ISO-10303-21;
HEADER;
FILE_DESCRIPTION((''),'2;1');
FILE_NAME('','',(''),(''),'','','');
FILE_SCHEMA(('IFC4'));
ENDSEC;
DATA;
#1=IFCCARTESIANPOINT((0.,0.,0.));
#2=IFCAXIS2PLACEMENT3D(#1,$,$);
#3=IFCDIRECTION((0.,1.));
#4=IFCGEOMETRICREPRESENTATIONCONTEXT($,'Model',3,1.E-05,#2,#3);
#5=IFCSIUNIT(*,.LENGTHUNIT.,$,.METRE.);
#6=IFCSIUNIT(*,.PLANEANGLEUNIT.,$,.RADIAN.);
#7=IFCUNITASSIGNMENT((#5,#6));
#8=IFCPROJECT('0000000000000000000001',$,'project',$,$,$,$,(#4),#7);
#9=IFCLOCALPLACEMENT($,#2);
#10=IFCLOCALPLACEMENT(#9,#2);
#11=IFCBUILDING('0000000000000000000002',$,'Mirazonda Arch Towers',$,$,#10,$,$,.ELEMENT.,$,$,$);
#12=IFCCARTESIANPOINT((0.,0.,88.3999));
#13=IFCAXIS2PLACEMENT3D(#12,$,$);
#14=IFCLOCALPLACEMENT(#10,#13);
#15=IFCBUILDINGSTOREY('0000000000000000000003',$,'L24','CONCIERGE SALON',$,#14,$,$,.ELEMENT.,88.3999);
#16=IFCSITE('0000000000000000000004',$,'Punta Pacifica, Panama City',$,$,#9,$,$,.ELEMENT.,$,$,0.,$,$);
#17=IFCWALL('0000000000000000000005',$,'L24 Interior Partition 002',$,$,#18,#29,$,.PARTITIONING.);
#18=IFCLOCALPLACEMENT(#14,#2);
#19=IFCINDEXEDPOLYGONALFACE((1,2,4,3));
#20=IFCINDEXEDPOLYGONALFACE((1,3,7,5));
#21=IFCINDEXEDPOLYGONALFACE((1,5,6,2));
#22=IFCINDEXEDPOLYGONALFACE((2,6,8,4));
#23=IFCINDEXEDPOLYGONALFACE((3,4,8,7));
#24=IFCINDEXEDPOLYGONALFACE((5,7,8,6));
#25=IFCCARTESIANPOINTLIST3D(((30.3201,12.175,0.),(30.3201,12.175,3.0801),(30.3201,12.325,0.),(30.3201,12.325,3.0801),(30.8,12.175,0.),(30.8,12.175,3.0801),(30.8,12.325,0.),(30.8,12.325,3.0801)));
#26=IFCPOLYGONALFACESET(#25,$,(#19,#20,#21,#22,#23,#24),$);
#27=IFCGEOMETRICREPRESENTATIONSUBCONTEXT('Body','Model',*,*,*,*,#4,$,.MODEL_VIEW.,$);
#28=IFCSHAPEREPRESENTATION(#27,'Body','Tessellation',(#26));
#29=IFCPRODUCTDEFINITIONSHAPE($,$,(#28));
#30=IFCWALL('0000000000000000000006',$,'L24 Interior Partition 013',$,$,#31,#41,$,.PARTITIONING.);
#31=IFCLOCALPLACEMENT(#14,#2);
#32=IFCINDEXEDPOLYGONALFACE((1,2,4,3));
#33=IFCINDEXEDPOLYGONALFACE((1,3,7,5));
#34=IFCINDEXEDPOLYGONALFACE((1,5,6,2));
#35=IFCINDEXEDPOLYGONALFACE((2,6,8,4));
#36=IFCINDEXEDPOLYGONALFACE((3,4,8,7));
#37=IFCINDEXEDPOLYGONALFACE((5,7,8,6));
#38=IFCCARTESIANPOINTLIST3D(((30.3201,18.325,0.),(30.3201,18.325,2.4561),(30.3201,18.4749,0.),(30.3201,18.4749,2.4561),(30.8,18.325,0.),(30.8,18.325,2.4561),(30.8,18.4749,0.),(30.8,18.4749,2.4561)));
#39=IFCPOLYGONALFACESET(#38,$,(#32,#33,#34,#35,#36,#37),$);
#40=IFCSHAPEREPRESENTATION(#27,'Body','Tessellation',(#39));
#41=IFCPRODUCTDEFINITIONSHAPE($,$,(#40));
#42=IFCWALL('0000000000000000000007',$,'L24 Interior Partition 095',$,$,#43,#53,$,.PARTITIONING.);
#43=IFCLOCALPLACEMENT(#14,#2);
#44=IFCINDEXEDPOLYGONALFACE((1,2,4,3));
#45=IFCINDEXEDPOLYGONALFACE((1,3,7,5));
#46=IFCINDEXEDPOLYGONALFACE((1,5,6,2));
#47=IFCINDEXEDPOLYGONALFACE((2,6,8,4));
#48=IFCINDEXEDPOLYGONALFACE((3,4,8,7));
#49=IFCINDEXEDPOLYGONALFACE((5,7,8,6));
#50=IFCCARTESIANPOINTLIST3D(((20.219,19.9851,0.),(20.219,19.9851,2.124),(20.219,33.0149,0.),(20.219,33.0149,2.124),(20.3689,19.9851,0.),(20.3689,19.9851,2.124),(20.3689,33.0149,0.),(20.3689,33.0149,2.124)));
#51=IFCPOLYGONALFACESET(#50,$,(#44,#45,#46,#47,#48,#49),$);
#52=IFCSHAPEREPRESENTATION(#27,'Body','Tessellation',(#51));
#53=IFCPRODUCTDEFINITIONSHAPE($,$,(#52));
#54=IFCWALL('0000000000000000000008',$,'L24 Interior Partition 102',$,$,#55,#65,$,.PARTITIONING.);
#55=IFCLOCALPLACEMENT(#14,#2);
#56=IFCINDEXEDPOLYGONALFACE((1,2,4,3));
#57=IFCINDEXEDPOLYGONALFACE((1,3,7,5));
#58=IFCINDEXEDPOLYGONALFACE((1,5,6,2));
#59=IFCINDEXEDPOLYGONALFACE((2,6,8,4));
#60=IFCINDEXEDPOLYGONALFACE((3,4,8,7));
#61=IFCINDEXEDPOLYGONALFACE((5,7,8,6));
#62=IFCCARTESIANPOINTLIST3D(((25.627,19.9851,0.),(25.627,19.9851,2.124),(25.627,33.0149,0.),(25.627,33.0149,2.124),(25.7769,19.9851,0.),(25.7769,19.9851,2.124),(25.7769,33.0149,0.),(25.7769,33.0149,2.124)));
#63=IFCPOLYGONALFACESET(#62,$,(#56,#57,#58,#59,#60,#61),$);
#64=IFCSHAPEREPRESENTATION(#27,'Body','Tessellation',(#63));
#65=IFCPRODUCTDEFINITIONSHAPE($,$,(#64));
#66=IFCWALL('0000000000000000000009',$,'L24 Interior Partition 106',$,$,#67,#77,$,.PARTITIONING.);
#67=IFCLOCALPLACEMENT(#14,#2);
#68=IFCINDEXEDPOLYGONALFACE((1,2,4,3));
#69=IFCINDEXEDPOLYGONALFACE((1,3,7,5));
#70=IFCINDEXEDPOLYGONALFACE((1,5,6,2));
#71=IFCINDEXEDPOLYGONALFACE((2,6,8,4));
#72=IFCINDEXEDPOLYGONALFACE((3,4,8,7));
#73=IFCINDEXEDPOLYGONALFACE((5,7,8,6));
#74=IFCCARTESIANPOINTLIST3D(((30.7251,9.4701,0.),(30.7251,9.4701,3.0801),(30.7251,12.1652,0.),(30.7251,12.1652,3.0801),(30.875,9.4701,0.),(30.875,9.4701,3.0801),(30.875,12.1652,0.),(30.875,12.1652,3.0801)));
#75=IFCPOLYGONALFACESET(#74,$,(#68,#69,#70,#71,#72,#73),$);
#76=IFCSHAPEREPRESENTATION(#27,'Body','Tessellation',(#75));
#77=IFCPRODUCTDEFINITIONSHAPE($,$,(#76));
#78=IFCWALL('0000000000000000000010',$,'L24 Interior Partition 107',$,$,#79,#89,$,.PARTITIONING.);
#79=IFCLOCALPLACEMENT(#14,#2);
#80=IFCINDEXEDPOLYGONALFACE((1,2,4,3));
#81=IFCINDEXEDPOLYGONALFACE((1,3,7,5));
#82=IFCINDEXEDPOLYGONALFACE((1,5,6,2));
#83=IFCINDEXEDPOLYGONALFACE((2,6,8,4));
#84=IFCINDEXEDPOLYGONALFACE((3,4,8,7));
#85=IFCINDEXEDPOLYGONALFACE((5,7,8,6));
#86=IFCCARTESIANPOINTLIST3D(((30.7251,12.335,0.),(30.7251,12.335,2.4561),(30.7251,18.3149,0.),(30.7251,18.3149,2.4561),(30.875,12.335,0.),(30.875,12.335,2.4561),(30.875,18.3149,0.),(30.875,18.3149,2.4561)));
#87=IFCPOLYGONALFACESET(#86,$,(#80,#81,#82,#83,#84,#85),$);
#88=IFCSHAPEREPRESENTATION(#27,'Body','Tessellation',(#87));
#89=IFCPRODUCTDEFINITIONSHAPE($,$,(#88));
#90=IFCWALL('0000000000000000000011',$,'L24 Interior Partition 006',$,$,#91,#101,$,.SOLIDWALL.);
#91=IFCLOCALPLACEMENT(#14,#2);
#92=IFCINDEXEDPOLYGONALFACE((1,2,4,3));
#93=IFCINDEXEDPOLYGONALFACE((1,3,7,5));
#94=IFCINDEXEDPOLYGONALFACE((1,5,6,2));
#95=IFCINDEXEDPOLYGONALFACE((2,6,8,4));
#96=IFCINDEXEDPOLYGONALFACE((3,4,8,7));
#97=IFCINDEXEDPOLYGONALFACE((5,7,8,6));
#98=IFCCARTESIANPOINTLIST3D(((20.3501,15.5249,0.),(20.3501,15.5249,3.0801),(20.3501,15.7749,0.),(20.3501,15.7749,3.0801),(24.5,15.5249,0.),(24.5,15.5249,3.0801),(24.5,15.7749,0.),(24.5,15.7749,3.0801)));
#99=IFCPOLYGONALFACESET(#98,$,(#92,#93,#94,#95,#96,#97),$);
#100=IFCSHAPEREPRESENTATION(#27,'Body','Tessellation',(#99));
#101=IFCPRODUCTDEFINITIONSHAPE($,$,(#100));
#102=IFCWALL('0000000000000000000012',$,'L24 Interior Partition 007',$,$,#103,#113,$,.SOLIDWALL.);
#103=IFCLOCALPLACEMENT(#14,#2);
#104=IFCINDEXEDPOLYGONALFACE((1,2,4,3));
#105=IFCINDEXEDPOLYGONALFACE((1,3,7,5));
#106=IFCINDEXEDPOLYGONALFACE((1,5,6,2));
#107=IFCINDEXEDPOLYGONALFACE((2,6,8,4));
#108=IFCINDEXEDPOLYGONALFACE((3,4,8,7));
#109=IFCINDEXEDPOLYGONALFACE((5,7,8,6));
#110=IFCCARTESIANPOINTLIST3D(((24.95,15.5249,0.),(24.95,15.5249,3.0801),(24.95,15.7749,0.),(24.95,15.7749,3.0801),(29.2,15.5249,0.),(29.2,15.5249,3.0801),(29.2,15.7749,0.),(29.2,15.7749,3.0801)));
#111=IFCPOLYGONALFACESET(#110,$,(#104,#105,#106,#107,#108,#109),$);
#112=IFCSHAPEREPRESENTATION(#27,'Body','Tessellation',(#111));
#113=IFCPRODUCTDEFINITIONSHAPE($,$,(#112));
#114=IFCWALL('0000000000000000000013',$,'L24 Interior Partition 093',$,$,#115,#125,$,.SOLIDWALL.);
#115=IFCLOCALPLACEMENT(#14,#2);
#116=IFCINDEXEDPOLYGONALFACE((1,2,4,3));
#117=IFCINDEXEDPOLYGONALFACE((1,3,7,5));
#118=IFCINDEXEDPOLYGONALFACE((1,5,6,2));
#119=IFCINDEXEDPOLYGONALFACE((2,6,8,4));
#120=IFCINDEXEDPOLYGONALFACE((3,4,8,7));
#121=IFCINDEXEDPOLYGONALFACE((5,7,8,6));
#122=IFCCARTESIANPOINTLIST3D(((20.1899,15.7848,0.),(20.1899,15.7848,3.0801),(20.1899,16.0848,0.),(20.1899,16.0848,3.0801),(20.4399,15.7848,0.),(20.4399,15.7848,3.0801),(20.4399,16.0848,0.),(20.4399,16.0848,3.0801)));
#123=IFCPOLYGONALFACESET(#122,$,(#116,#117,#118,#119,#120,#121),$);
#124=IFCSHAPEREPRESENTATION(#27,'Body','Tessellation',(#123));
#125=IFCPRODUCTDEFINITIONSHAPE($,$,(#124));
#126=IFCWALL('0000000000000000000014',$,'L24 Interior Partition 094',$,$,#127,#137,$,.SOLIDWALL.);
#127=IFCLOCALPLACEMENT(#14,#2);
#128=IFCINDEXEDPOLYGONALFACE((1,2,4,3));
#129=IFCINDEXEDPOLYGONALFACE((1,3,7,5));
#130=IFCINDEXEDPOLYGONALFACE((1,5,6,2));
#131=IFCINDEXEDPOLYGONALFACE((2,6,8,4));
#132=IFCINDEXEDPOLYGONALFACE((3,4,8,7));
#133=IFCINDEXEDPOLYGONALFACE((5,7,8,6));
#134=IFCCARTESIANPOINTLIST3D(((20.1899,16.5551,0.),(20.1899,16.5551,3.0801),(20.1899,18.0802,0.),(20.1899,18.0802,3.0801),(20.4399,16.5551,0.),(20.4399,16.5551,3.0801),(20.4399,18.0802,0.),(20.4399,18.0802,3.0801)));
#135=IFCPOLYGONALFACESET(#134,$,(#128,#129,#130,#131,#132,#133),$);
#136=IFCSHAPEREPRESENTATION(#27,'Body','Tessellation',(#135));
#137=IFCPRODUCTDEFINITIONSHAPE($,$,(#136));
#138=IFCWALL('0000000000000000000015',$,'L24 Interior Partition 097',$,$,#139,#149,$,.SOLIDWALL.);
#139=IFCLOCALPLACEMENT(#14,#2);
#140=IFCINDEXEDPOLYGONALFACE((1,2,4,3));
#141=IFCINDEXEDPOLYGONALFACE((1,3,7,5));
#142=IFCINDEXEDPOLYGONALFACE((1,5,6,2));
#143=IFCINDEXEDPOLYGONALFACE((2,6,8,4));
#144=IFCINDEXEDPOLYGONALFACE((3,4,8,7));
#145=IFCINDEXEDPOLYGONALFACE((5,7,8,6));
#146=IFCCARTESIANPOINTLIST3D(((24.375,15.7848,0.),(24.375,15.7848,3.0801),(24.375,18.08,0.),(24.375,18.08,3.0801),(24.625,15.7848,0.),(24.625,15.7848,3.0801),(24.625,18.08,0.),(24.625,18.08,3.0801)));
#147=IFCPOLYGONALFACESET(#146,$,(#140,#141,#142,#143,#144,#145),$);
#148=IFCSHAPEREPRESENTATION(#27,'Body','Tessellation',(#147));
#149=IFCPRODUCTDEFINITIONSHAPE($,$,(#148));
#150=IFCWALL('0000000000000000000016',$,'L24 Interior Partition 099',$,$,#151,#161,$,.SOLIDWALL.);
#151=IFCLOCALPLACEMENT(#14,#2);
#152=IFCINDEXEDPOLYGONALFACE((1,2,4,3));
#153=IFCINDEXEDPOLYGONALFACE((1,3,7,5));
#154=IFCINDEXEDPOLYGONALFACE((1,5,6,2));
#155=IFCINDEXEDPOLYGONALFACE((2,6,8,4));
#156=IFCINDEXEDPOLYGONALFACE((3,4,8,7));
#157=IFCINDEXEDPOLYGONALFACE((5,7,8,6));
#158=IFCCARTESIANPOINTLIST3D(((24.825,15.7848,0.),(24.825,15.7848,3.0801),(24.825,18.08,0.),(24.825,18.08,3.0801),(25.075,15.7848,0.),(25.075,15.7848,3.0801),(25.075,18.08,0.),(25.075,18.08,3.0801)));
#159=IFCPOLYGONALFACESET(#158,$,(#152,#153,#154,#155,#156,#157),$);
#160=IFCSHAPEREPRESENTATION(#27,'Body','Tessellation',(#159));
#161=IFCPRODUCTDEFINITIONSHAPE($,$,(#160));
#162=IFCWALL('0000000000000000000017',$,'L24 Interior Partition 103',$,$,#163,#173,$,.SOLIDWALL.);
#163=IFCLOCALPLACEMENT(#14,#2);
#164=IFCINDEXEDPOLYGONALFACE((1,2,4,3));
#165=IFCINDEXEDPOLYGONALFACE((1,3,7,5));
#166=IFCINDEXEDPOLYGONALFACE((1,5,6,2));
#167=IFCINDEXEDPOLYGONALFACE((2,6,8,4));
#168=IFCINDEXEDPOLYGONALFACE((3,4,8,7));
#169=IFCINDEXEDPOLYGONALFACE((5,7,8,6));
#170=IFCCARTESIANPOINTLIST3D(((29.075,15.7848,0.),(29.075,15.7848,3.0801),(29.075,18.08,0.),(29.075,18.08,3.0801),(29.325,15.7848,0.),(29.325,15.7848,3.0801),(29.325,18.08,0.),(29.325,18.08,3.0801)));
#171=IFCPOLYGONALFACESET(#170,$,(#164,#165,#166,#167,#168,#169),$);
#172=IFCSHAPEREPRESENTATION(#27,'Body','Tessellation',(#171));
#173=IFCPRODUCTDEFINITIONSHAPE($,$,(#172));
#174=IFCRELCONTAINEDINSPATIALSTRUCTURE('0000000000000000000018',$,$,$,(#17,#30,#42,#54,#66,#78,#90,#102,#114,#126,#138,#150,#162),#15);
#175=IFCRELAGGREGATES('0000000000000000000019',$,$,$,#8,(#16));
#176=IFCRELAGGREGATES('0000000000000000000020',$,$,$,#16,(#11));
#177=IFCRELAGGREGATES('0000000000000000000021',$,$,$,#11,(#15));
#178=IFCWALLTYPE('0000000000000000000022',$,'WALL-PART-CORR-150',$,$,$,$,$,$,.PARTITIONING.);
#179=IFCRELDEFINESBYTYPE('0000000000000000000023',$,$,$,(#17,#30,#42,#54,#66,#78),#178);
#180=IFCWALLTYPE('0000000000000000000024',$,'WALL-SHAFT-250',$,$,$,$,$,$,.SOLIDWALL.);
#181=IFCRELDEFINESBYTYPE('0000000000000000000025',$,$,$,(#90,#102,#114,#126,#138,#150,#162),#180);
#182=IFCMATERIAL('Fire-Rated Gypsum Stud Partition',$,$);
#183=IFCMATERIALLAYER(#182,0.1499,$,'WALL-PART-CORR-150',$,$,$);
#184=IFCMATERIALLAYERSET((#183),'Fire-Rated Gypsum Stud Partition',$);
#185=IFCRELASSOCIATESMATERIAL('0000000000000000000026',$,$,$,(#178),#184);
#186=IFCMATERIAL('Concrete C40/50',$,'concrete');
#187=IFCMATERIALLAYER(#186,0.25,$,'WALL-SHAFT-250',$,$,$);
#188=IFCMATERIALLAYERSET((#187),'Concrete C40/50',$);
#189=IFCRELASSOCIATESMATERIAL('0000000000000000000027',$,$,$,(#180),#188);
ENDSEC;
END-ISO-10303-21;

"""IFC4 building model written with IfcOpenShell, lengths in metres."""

from ifc_helpers import new_model, si_unit, direction, frame, frame_2d, origin, place, context, subcontext, project, spatial, rectangle, extrude, material, layer, layer_set, type_object, element, save


model = new_model("IFC4")

# Units and contexts
model_context = context("Model", 3, precision=1e-05, world=origin(), true_north=direction((0.0, 1.0)))
body_context = subcontext(model_context, "Body", "Model", "MODEL_VIEW")
ifc_project = project(units=[si_unit("LENGTHUNIT", "METRE"), si_unit("PLANEANGLEUNIT", "RADIAN")], contexts=[model_context])

# Site, building, storey
site_placement = place(None, origin())
site = spatial("IfcSite", under=ifc_project, at=site_placement, Name="Punta Pacifica, Panama City", CompositionType="ELEMENT", RefElevation=0.0)
building_placement = place(site_placement, origin())
building = spatial("IfcBuilding", under=site, at=building_placement, Name="Mirazonda Arch Towers", CompositionType="ELEMENT")
storey_placement = place(building_placement, frame((0.0, 0.0, 88.3999)))
storey = spatial("IfcBuildingStorey", under=building, at=storey_placement, Name="L24", Description="CONCIERGE SALON", CompositionType="ELEMENT", Elevation=88.3999)

# Walls
ifc_material_1 = material(Name="Fire-Rated Gypsum Stud Partition")
ifc_layer_1 = layer(ifc_material_1, 0.1499, Name="WALL-PART-CORR-150")
ifc_layer_set_1 = layer_set([ifc_layer_1], Name="Fire-Rated Gypsum Stud Partition")
wall_type_1 = type_object("IfcWallType", Name="WALL-PART-CORR-150", PredefinedType="PARTITIONING", material=ifc_layer_set_1)
wall_1_placement = place(storey_placement, frame((30.3201, 12.25, 0.0), z_axis=(0.0, 0.0, 1.0), x_axis=(1.0, 0.0, 0.0)))
element("IfcWall", 1, at=wall_1_placement, inside=storey, type_object=wall_type_1, Name="L24 Interior Partition 002", PredefinedType="PARTITIONING", context=body_context, shape_type="SweptSolid", body=[
    extrude(rectangle(XDim=0.48, YDim=0.1499, at=frame_2d((0.24, 0.0))), origin(), (0.0, 0.0, 1.0), 3.0801),
])
wall_2_placement = place(storey_placement, frame((30.3201, 18.3999, 0.0), z_axis=(0.0, 0.0, 1.0), x_axis=(1.0, 0.0, 0.0)))
element("IfcWall", 2, at=wall_2_placement, inside=storey, type_object=wall_type_1, Name="L24 Interior Partition 013", PredefinedType="PARTITIONING", context=body_context, shape_type="SweptSolid", body=[
    extrude(rectangle(XDim=0.48, YDim=0.1499, at=frame_2d((0.24, 0.0))), origin(), (0.0, 0.0, 1.0), 2.4561),
])
for number, where, z_axis, x_axis, name in (
    (3, (20.2939, 19.9851, 0.0), (0.0, 0.0, 1.0), (0.0, 1.0, 0.0), "L24 Interior Partition 095"),
    (4, (25.7019, 19.9851, 0.0), (0.0, 0.0, 1.0), (0.0, 1.0, 0.0), "L24 Interior Partition 102"),
):
    element("IfcWall", number, at=place(storey_placement, frame(where, z_axis=z_axis, x_axis=x_axis)), inside=storey, type_object=wall_type_1, Name=name, PredefinedType="PARTITIONING", context=body_context, shape_type="SweptSolid", body=[
        extrude(rectangle(XDim=13.0298, YDim=0.1499, at=frame_2d((6.5149, 0.0))), origin(), (0.0, 0.0, 1.0), 2.124),
    ])
wall_3_placement = place(storey_placement, frame((30.8, 9.47, 0.0), z_axis=(0.0, 0.0, 1.0), x_axis=(0.0, 1.0, 0.0)))
element("IfcWall", 5, at=wall_3_placement, inside=storey, type_object=wall_type_1, Name="L24 Interior Partition 106", PredefinedType="PARTITIONING", context=body_context, shape_type="SweptSolid", body=[
    extrude(rectangle(XDim=2.6951, YDim=0.1499, at=frame_2d((1.3477, 0.0))), origin(), (0.0, 0.0, 1.0), 3.0801),
])
wall_4_placement = place(storey_placement, frame((30.8, 12.335, 0.0), z_axis=(0.0, 0.0, 1.0), x_axis=(0.0, 1.0, 0.0)))
element("IfcWall", 6, at=wall_4_placement, inside=storey, type_object=wall_type_1, Name="L24 Interior Partition 107", PredefinedType="PARTITIONING", context=body_context, shape_type="SweptSolid", body=[
    extrude(rectangle(XDim=5.98, YDim=0.1499, at=frame_2d((2.99, 0.0))), origin(), (0.0, 0.0, 1.0), 2.4561),
])
ifc_material_2 = material(Name="Concrete C40/50", Category="concrete")
ifc_layer_2 = layer(ifc_material_2, 0.25, Name="WALL-SHAFT-250")
ifc_layer_set_2 = layer_set([ifc_layer_2], Name="Concrete C40/50")
wall_type_2 = type_object("IfcWallType", Name="WALL-SHAFT-250", PredefinedType="SOLIDWALL", material=ifc_layer_set_2)
wall_5_placement = place(storey_placement, frame((20.3501, 15.6499, 0.0), z_axis=(0.0, 0.0, 1.0), x_axis=(1.0, 0.0, 0.0)))
element("IfcWall", 7, at=wall_5_placement, inside=storey, type_object=wall_type_2, Name="L24 Interior Partition 006", PredefinedType="SOLIDWALL", context=body_context, shape_type="SweptSolid", body=[
    extrude(rectangle(XDim=4.1499, YDim=0.25, at=frame_2d((2.075, 0.0))), origin(), (0.0, 0.0, 1.0), 3.0801),
])
wall_6_placement = place(storey_placement, frame((24.95, 15.6499, 0.0), z_axis=(0.0, 0.0, 1.0), x_axis=(1.0, 0.0, 0.0)))
element("IfcWall", 8, at=wall_6_placement, inside=storey, type_object=wall_type_2, Name="L24 Interior Partition 007", PredefinedType="SOLIDWALL", context=body_context, shape_type="SweptSolid", body=[
    extrude(rectangle(XDim=4.25, YDim=0.25, at=frame_2d((2.125, 0.0))), origin(), (0.0, 0.0, 1.0), 3.0801),
])
wall_7_placement = place(storey_placement, frame((20.3149, 15.7849, 0.0), z_axis=(0.0, 0.0, 1.0), x_axis=(0.0, 1.0, 0.0)))
element("IfcWall", 9, at=wall_7_placement, inside=storey, type_object=wall_type_2, Name="L24 Interior Partition 093", PredefinedType="SOLIDWALL", context=body_context, shape_type="SweptSolid", body=[
    extrude(rectangle(XDim=0.3, YDim=0.25, at=frame_2d((0.1499, 0.0))), origin(), (0.0, 0.0, 1.0), 3.0801),
])
wall_8_placement = place(storey_placement, frame((20.3149, 16.5549, 0.0), z_axis=(0.0, 0.0, 1.0), x_axis=(0.0, 1.0, 0.0)))
element("IfcWall", 10, at=wall_8_placement, inside=storey, type_object=wall_type_2, Name="L24 Interior Partition 094", PredefinedType="SOLIDWALL", context=body_context, shape_type="SweptSolid", body=[
    extrude(rectangle(XDim=1.5251, YDim=0.25, at=frame_2d((0.7627, 0.0))), origin(), (0.0, 0.0, 1.0), 3.0801),
])
for number, where, z_axis, x_axis, name in (
    (11, (24.5, 15.7849, 0.0), (0.0, 0.0, 1.0), (0.0, 1.0, 0.0), "L24 Interior Partition 097"),
    (12, (24.95, 15.7849, 0.0), (0.0, 0.0, 1.0), (0.0, 1.0, 0.0), "L24 Interior Partition 099"),
    (13, (29.2, 15.7849, 0.0), (0.0, 0.0, 1.0), (0.0, 1.0, 0.0), "L24 Interior Partition 103"),
):
    element("IfcWall", number, at=place(storey_placement, frame(where, z_axis=z_axis, x_axis=x_axis)), inside=storey, type_object=wall_type_2, Name=name, PredefinedType="SOLIDWALL", context=body_context, shape_type="SweptSolid", body=[
        extrude(rectangle(XDim=2.2952, YDim=0.25, at=frame_2d((1.1475, 0.0))), origin(), (0.0, 0.0, 1.0), 3.0801),
    ])

save(model, "model.ifc")
